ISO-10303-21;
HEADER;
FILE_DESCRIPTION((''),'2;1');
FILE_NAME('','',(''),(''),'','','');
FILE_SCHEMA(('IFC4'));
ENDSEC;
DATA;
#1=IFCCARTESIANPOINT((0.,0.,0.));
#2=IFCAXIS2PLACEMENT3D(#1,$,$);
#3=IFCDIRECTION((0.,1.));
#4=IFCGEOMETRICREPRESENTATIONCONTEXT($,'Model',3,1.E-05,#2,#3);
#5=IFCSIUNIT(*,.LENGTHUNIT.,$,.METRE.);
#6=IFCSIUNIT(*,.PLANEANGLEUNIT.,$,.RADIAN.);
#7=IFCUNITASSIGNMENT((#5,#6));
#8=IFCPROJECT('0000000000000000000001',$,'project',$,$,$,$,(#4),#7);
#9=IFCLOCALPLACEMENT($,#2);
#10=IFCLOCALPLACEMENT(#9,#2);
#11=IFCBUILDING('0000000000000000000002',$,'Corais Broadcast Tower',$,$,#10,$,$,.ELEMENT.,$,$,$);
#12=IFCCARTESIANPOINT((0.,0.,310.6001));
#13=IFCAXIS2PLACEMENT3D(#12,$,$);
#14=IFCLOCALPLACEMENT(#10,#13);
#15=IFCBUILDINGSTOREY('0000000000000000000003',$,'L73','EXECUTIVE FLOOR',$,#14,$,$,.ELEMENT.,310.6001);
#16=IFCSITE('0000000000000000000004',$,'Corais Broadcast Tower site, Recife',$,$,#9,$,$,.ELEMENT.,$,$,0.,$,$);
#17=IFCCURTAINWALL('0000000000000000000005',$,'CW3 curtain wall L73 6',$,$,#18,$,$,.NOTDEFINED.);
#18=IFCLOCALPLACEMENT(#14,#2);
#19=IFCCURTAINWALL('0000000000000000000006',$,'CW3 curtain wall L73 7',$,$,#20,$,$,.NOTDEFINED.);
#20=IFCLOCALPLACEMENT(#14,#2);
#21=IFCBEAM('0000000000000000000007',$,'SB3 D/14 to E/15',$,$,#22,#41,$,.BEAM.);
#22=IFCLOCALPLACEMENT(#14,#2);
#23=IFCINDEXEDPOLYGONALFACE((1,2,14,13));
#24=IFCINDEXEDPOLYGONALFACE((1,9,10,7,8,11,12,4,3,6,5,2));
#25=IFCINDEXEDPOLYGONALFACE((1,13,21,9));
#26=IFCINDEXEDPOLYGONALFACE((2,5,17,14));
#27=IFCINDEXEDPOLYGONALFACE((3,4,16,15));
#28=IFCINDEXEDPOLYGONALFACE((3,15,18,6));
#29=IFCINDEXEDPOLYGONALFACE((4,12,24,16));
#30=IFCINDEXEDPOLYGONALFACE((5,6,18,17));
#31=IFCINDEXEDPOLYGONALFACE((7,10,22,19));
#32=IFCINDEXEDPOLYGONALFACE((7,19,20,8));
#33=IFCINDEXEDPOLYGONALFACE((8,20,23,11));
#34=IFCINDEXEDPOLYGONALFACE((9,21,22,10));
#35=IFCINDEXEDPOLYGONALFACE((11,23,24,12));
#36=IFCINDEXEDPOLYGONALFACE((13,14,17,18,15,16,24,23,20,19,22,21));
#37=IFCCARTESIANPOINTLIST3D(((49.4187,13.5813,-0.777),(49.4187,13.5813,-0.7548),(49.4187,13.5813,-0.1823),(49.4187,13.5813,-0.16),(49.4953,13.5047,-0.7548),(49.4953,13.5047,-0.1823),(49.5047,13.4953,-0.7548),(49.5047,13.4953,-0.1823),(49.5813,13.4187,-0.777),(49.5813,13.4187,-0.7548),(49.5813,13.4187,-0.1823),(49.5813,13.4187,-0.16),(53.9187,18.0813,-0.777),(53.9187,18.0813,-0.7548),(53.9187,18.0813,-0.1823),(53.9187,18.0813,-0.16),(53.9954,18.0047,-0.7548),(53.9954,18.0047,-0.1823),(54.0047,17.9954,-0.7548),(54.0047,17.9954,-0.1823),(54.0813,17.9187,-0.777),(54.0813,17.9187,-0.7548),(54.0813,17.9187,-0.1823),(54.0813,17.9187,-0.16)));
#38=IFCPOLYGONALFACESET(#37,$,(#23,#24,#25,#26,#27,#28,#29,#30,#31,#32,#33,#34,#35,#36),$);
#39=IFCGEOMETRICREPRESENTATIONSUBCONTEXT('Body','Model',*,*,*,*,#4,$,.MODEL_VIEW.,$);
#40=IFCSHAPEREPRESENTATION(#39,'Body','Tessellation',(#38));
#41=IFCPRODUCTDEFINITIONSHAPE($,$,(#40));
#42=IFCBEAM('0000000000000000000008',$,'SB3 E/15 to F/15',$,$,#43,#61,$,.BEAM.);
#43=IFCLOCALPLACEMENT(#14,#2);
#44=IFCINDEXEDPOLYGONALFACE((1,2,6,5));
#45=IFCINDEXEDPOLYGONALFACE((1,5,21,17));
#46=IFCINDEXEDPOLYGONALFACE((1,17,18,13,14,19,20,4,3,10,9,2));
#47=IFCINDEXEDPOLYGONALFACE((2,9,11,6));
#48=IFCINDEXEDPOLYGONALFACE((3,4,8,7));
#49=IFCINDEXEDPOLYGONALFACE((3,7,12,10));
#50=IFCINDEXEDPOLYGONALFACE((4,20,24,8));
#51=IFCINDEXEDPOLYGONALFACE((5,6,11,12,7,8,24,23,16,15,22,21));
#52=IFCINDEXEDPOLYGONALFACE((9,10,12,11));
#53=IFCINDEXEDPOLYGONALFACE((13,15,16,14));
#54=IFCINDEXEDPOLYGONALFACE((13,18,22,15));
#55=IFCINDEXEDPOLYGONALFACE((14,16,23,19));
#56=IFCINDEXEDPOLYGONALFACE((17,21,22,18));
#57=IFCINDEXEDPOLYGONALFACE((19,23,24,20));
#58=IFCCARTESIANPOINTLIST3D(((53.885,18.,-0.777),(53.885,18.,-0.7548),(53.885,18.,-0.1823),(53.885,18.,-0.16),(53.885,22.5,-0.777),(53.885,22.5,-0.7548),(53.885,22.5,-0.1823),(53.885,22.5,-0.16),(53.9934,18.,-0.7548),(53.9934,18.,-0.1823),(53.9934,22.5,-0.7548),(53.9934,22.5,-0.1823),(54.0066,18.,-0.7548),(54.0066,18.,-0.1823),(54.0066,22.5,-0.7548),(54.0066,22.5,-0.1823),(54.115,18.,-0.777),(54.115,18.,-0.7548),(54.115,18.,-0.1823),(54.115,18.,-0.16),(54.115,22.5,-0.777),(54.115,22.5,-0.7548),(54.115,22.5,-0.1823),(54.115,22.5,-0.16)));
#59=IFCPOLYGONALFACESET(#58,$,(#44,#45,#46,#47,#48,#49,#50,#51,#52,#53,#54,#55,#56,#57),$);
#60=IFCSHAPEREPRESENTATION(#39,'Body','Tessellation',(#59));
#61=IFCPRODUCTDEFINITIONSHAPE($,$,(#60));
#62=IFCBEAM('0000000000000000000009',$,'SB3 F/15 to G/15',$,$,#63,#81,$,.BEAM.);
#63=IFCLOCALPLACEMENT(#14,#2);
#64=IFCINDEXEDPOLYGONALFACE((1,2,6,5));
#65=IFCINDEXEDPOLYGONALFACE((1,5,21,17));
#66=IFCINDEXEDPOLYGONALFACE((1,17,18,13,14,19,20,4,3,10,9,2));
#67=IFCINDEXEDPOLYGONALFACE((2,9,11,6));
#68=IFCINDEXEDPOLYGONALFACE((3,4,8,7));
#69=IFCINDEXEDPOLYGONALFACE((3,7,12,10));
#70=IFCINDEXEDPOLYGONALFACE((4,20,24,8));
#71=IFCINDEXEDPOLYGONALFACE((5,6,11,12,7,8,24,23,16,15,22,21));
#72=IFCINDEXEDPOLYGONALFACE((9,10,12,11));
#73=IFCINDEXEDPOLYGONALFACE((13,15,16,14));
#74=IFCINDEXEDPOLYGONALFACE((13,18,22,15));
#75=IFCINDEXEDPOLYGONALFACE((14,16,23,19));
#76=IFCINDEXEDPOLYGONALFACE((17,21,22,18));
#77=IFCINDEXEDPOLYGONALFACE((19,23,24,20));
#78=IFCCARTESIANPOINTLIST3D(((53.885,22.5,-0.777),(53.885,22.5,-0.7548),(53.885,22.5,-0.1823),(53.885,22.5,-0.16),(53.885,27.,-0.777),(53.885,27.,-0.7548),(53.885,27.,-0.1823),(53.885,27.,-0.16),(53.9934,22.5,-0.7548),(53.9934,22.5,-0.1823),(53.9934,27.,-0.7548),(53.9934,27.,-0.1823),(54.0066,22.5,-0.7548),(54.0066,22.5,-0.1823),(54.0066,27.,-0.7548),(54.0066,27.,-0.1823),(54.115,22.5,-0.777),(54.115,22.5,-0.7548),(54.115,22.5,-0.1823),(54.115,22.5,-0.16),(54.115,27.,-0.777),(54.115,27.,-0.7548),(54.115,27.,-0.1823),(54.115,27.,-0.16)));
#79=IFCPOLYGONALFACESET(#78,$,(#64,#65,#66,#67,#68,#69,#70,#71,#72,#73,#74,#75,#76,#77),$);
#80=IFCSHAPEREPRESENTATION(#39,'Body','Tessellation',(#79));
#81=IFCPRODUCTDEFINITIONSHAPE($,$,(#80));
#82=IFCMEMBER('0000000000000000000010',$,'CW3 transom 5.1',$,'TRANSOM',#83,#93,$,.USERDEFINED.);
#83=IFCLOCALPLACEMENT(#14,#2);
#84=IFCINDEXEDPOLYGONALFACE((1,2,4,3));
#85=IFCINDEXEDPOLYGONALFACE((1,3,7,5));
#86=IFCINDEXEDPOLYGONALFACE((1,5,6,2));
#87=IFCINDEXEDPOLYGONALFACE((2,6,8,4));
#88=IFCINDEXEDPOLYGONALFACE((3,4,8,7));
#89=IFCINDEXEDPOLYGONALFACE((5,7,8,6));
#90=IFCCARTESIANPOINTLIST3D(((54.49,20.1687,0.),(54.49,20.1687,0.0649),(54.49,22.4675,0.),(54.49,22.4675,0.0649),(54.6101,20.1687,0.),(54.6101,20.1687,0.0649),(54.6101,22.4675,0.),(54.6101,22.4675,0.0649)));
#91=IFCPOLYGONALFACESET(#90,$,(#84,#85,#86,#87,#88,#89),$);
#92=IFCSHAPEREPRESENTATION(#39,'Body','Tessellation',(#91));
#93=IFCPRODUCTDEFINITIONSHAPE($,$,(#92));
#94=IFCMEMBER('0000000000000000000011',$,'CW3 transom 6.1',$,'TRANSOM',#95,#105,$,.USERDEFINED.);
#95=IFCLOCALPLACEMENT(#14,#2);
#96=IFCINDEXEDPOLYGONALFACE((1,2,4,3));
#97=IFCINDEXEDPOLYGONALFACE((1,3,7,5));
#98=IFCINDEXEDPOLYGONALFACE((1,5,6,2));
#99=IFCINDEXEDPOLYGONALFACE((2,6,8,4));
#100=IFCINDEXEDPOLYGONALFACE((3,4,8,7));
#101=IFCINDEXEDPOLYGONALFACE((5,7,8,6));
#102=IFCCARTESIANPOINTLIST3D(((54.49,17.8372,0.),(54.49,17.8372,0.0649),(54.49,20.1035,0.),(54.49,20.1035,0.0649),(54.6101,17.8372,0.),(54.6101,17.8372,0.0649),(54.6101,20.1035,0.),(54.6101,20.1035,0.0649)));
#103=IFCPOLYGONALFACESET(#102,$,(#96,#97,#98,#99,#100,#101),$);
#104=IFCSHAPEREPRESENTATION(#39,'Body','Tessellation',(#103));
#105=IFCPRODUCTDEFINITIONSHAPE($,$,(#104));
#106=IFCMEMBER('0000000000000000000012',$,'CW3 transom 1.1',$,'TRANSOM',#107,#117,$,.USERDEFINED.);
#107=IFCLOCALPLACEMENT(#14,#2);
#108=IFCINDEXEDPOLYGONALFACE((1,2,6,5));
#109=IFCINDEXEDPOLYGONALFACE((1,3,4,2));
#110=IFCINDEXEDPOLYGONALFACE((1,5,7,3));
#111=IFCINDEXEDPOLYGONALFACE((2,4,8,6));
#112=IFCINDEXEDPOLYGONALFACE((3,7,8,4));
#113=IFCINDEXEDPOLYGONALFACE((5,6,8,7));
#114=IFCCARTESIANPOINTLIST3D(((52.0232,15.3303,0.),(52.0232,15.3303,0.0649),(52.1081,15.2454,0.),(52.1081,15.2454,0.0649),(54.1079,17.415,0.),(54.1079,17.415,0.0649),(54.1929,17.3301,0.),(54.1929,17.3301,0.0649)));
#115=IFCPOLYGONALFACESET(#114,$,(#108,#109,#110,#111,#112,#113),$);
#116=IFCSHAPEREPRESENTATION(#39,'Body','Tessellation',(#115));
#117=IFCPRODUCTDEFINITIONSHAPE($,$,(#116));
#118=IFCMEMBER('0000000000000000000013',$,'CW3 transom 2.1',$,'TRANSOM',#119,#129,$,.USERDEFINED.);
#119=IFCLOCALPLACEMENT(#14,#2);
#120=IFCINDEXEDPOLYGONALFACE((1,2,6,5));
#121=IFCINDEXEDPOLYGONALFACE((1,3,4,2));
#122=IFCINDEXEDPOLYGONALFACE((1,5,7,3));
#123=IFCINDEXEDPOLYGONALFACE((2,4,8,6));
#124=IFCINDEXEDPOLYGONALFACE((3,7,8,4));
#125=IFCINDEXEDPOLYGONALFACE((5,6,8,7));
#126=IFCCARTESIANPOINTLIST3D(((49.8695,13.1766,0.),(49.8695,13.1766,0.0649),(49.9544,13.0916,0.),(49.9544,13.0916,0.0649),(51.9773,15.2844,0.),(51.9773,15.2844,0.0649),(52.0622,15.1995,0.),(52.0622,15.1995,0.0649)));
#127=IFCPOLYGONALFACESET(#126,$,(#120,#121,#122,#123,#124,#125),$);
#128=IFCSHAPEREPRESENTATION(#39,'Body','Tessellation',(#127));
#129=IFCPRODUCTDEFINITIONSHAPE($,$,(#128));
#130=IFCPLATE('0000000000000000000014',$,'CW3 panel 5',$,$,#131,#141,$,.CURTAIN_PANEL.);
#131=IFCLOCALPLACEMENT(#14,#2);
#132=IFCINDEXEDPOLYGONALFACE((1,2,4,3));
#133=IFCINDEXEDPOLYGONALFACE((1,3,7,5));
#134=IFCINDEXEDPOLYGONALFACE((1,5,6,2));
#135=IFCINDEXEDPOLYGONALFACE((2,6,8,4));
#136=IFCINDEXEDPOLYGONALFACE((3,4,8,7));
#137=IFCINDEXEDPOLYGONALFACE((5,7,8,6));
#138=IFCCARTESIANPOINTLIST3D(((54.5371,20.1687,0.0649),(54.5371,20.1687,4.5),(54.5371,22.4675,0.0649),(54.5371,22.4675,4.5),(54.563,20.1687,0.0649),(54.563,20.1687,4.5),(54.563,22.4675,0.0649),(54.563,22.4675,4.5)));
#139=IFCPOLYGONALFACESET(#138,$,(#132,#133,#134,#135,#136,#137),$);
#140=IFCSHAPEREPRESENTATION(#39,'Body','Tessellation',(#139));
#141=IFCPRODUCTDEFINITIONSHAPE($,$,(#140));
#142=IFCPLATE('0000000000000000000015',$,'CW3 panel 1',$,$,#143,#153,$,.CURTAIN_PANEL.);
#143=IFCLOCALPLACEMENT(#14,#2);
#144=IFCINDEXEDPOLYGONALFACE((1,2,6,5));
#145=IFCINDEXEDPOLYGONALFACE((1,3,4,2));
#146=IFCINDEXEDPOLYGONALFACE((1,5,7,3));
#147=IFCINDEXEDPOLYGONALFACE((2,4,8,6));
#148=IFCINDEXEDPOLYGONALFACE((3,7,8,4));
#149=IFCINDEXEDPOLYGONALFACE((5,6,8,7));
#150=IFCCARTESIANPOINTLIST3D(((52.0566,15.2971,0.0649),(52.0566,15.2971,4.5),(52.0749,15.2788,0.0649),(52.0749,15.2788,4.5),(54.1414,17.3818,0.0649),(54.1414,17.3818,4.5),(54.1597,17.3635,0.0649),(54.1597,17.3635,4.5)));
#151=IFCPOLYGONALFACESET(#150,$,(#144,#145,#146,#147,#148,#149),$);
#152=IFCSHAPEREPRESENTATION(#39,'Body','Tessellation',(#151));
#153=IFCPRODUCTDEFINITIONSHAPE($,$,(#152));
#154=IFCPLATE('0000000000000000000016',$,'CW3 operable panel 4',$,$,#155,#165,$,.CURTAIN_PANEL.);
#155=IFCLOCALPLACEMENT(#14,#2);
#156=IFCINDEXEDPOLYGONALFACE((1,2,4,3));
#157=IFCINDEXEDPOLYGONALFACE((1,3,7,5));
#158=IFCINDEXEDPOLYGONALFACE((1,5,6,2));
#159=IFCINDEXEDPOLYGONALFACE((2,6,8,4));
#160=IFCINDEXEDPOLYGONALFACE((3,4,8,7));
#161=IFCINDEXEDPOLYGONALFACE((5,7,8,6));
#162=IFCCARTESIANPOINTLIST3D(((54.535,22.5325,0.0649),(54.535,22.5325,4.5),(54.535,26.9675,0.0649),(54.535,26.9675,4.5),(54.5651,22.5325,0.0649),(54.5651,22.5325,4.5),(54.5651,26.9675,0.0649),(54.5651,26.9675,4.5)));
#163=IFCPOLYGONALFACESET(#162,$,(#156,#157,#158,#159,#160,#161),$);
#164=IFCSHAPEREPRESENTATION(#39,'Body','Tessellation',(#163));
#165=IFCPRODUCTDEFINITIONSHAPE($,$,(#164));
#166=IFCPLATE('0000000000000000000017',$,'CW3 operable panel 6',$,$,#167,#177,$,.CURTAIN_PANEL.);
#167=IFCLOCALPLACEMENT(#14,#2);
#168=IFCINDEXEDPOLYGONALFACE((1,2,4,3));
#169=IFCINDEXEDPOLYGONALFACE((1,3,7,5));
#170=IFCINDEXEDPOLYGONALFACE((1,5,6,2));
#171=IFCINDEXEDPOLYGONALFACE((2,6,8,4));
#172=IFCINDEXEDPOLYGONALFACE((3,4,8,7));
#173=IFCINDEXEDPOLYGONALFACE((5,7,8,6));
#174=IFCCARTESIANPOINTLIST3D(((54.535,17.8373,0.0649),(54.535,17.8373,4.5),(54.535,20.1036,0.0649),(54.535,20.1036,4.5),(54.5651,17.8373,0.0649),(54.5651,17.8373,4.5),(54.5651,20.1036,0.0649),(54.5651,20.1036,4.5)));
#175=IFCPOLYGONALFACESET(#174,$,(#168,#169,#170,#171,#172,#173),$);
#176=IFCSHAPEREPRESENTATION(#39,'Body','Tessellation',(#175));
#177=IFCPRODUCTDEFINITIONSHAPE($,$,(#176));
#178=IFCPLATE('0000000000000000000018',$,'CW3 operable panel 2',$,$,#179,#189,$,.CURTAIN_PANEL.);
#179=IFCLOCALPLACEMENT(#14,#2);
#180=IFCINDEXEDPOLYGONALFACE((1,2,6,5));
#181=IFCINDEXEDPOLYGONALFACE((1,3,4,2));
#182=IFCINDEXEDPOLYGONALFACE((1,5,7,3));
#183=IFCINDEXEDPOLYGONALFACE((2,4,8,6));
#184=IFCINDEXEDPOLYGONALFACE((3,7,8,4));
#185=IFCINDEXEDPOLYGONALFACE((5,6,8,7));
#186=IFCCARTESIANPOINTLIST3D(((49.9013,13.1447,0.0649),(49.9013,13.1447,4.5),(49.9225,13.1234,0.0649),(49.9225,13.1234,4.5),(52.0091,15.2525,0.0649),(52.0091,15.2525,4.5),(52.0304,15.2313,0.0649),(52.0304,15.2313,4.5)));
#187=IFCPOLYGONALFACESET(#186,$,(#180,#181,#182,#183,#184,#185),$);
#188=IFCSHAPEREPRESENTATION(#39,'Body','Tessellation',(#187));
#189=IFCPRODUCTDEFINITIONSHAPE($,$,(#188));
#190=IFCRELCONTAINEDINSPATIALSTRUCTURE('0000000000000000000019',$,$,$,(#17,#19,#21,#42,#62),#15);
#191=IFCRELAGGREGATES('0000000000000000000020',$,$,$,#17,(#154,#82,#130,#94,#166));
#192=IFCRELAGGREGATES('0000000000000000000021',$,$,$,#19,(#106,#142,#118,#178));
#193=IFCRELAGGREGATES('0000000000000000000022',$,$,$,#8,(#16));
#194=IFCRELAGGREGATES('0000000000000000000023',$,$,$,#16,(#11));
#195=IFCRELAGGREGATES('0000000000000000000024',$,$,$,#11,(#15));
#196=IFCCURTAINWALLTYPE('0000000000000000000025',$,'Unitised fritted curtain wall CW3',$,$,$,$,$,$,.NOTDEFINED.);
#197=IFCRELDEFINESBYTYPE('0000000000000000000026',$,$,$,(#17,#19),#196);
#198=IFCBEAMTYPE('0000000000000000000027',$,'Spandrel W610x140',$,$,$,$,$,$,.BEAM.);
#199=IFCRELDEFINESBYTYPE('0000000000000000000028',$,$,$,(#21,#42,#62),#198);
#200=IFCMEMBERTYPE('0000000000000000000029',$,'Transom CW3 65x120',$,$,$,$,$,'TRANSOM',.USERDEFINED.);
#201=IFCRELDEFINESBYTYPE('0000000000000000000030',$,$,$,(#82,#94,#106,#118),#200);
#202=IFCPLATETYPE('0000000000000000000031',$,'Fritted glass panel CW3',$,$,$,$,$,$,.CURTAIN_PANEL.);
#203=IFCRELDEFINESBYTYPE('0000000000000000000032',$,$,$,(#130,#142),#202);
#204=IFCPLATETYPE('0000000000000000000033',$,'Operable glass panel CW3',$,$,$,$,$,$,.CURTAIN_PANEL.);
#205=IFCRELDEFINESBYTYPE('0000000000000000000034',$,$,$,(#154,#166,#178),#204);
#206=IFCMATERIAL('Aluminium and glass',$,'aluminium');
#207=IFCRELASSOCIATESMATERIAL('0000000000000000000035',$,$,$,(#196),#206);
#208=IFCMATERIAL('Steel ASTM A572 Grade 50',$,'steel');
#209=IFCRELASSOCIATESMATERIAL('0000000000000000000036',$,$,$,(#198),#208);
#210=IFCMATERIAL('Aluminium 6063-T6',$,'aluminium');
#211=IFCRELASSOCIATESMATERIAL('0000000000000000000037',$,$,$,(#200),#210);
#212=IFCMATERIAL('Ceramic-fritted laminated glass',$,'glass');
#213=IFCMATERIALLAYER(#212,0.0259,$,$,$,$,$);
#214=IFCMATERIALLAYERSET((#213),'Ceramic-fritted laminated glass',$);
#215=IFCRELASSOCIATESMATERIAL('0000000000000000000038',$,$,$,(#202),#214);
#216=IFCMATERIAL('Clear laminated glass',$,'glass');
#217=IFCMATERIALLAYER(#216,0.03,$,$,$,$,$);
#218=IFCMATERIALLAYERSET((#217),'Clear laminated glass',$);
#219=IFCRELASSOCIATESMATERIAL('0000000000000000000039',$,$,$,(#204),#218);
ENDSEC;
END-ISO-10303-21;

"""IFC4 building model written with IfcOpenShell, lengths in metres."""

from ifc_helpers import new_model, si_unit, direction, frame, origin, origin_2d, place, context, subcontext, project, spatial, rectangle, i_section, extrude, material, layer, layer_set, material_profile, profile_set, type_object, element, aggregate, save


model = new_model("IFC4")

# Units and contexts
model_context = context("Model", 3, precision=1e-05, world=origin(), true_north=direction((0.0, 1.0)))
body_context = subcontext(model_context, "Body", "Model", "MODEL_VIEW")
ifc_project = project(units=[si_unit("LENGTHUNIT", "METRE"), si_unit("PLANEANGLEUNIT", "RADIAN")], contexts=[model_context])

# Site, building, storey
site_placement = place(None, origin())
site = spatial("IfcSite", under=ifc_project, at=site_placement, Name="Corais Broadcast Tower site, Recife", CompositionType="ELEMENT", RefElevation=0.0)
building_placement = place(site_placement, origin())
building = spatial("IfcBuilding", under=site, at=building_placement, Name="Corais Broadcast Tower", CompositionType="ELEMENT")
storey_placement = place(building_placement, frame((0.0, 0.0, 310.6001)))
storey = spatial("IfcBuildingStorey", under=building, at=storey_placement, Name="L73", Description="EXECUTIVE FLOOR", CompositionType="ELEMENT", Elevation=310.6001)

# Curtain walls
ifc_material_1 = material(Name="Aluminium and glass", Category="aluminium")
curtain_wall_type = type_object("IfcCurtainWallType", Name="Unitised fritted curtain wall CW3", PredefinedType="NOTDEFINED", material=ifc_material_1)
curtain_wall_1_placement = place(storey_placement, origin())
curtain_wall_1 = element("IfcCurtainWall", 1, at=curtain_wall_1_placement, inside=storey, type_object=curtain_wall_type, Name="CW3 curtain wall L73 6", PredefinedType="NOTDEFINED")
curtain_wall_2_placement = place(storey_placement, origin())
curtain_wall_2 = element("IfcCurtainWall", 2, at=curtain_wall_2_placement, inside=storey, type_object=curtain_wall_type, Name="CW3 curtain wall L73 7", PredefinedType="NOTDEFINED")

# Beams
ifc_material_2 = material(Name="Steel ASTM A572 Grade 50", Category="steel")
ifc_material_profile_1 = material_profile(ifc_material_2, i_section(OverallWidth=0.23, OverallDepth=0.6169, WebThickness=0.0132, FlangeThickness=0.0222, at=origin_2d()), Name="W610x140")
ifc_profile_set_1 = profile_set([ifc_material_profile_1], Name="Steel ASTM A572 Grade 50")
beam_type_1 = type_object("IfcBeamType", Name="Spandrel W610x140", PredefinedType="BEAM", material=ifc_profile_set_1)
beam_1_placement = place(storey_placement, frame((49.5, 13.5, -0.4685), z_axis=(0.707107, 0.707107, 0.0), x_axis=(-0.707107, 0.707107, 0.0)))
element("IfcBeam", 3, at=beam_1_placement, inside=storey, type_object=beam_type_1, Name="SB3 D/14 to E/15", PredefinedType="BEAM", context=body_context, shape_type="SweptSolid", body=[
    extrude(i_section(OverallWidth=0.23, OverallDepth=0.6169, WebThickness=0.0132, FlangeThickness=0.0222, at=origin_2d()), origin(), (0.0, 0.0, 1.0), 6.364),
])
for number, where, z_axis, x_axis, name in (
    (4, (54.0, 18.0, -0.4685), (0.0, 1.0, 0.0), (-1.0, 0.0, 0.0), "SB3 E/15 to F/15"),
    (5, (54.0, 22.5, -0.4685), (0.0, 1.0, 0.0), (-1.0, 0.0, 0.0), "SB3 F/15 to G/15"),
):
    element("IfcBeam", number, at=place(storey_placement, frame(where, z_axis=z_axis, x_axis=x_axis)), inside=storey, type_object=beam_type_1, Name=name, PredefinedType="BEAM", context=body_context, shape_type="SweptSolid", body=[
        extrude(i_section(OverallWidth=0.23, OverallDepth=0.6169, WebThickness=0.0132, FlangeThickness=0.0222, at=origin_2d()), origin(), (0.0, 0.0, 1.0), 4.5),
    ])

# Members
ifc_material_3 = material(Name="Aluminium 6063-T6", Category="aluminium")
ifc_material_profile_2 = material_profile(ifc_material_3, rectangle(XDim=0.1201, YDim=0.0649, at=origin_2d()), Name="Transom CW3 65x120")
ifc_profile_set_2 = profile_set([ifc_material_profile_2], Name="Aluminium 6063-T6")
member_type_1 = type_object("IfcMemberType", Name="Transom CW3 65x120", ElementType="TRANSOM", PredefinedType="USERDEFINED", material=ifc_profile_set_2)
member_1_placement = place(storey_placement, frame((54.55, 22.4675, 0.0325), z_axis=(0.0, -1.0, 0.0), x_axis=(1.0, 0.0, 0.0)))
member_1 = element("IfcMember", 6, at=member_1_placement, type_object=member_type_1, Name="CW3 transom 5.1", ObjectType="TRANSOM", PredefinedType="USERDEFINED", context=body_context, shape_type="SweptSolid", body=[
    extrude(rectangle(XDim=0.1201, YDim=0.0649, at=origin_2d()), origin(), (0.0, 0.0, 1.0), 2.2988),
])
member_2_placement = place(storey_placement, frame((54.55, 20.1035, 0.0325), z_axis=(0.0, -1.0, 0.0), x_axis=(1.0, 0.0, 0.0)))
member_2 = element("IfcMember", 7, at=member_2_placement, type_object=member_type_1, Name="CW3 transom 6.1", ObjectType="TRANSOM", PredefinedType="USERDEFINED", context=body_context, shape_type="SweptSolid", body=[
    extrude(rectangle(XDim=0.1201, YDim=0.0649, at=origin_2d()), origin(), (0.0, 0.0, 1.0), 2.2664),
])
member_3_placement = place(storey_placement, frame((54.1504, 17.3726, 0.0325), z_axis=(-0.707107, -0.707107, 0.0), x_axis=(0.707107, -0.707107, 0.0)))
member_3 = element("IfcMember", 8, at=member_3_placement, type_object=member_type_1, Name="CW3 transom 1.1", ObjectType="TRANSOM", PredefinedType="USERDEFINED", context=body_context, shape_type="SweptSolid", body=[
    extrude(rectangle(XDim=0.1201, YDim=0.0649, at=origin_2d()), origin(), (0.0, 0.0, 1.0), 2.9482),
])
member_4_placement = place(storey_placement, frame((52.0198, 15.2419, 0.0325), z_axis=(-0.707107, -0.707107, 0.0), x_axis=(0.707107, -0.707107, 0.0)))
member_4 = element("IfcMember", 9, at=member_4_placement, type_object=member_type_1, Name="CW3 transom 2.1", ObjectType="TRANSOM", PredefinedType="USERDEFINED", context=body_context, shape_type="SweptSolid", body=[
    extrude(rectangle(XDim=0.1201, YDim=0.0649, at=origin_2d()), origin(), (0.0, 0.0, 1.0), 2.981),
])

# Plates
ifc_material_4 = material(Name="Ceramic-fritted laminated glass", Category="glass")
ifc_layer_1 = layer(ifc_material_4, 0.0259)
ifc_layer_set_1 = layer_set([ifc_layer_1], Name="Ceramic-fritted laminated glass")
plate_type_1 = type_object("IfcPlateType", Name="Fritted glass panel CW3", PredefinedType="CURTAIN_PANEL", material=ifc_layer_set_1)
plate_1_placement = place(storey_placement, frame((54.55, 21.3181, 0.0649), z_axis=(0.0, 0.0, 1.0), x_axis=(0.0, -1.0, 0.0)))
plate_1 = element("IfcPlate", 10, at=plate_1_placement, type_object=plate_type_1, Name="CW3 panel 5", PredefinedType="CURTAIN_PANEL", context=body_context, shape_type="SweptSolid", body=[
    extrude(rectangle(XDim=2.2988, YDim=0.0259, at=origin_2d()), origin(), (0.0, 0.0, 1.0), 4.4351),
])
plate_2_placement = place(storey_placement, frame((53.1082, 16.3303, 0.0649), z_axis=(0.0, 0.0, 1.0), x_axis=(-0.707107, -0.707107, 0.0)))
plate_2 = element("IfcPlate", 11, at=plate_2_placement, type_object=plate_type_1, Name="CW3 panel 1", PredefinedType="CURTAIN_PANEL", context=body_context, shape_type="SweptSolid", body=[
    extrude(rectangle(XDim=2.9482, YDim=0.0259, at=origin_2d()), origin(), (0.0, 0.0, 1.0), 4.4351),
])
ifc_material_5 = material(Name="Clear laminated glass", Category="glass")
ifc_layer_2 = layer(ifc_material_5, 0.03)
ifc_layer_set_2 = layer_set([ifc_layer_2], Name="Clear laminated glass")
plate_type_2 = type_object("IfcPlateType", Name="Operable glass panel CW3", PredefinedType="CURTAIN_PANEL", material=ifc_layer_set_2)
plate_3_placement = place(storey_placement, frame((54.55, 24.75, 0.0649), z_axis=(0.0, 0.0, 1.0), x_axis=(0.0, -1.0, 0.0)))
plate_3 = element("IfcPlate", 12, at=plate_3_placement, type_object=plate_type_2, Name="CW3 operable panel 4", PredefinedType="CURTAIN_PANEL", context=body_context, shape_type="SweptSolid", body=[
    extrude(rectangle(XDim=4.4351, YDim=0.03, at=origin_2d()), origin(), (0.0, 0.0, 1.0), 4.4351),
])
plate_4_placement = place(storey_placement, frame((54.55, 18.9705, 0.0649), z_axis=(0.0, 0.0, 1.0), x_axis=(0.0, -1.0, 0.0)))
plate_4 = element("IfcPlate", 13, at=plate_4_placement, type_object=plate_type_2, Name="CW3 operable panel 6", PredefinedType="CURTAIN_PANEL", context=body_context, shape_type="SweptSolid", body=[
    extrude(rectangle(XDim=2.2664, YDim=0.03, at=origin_2d()), origin(), (0.0, 0.0, 1.0), 4.4351),
])
aggregate(curtain_wall_1, [plate_3, member_1, plate_1, member_2, plate_4])
plate_5_placement = place(storey_placement, frame((50.9658, 14.188, 0.0649), z_axis=(0.0, 0.0, 1.0), x_axis=(-0.707107, -0.707107, 0.0)))
plate_5 = element("IfcPlate", 14, at=plate_5_placement, type_object=plate_type_2, Name="CW3 operable panel 2", PredefinedType="CURTAIN_PANEL", context=body_context, shape_type="SweptSolid", body=[
    extrude(rectangle(XDim=2.981, YDim=0.03, at=origin_2d()), origin(), (0.0, 0.0, 1.0), 4.4351),
])
aggregate(curtain_wall_2, [member_3, plate_2, member_4, plate_5])

save(model, "model.ifc")
